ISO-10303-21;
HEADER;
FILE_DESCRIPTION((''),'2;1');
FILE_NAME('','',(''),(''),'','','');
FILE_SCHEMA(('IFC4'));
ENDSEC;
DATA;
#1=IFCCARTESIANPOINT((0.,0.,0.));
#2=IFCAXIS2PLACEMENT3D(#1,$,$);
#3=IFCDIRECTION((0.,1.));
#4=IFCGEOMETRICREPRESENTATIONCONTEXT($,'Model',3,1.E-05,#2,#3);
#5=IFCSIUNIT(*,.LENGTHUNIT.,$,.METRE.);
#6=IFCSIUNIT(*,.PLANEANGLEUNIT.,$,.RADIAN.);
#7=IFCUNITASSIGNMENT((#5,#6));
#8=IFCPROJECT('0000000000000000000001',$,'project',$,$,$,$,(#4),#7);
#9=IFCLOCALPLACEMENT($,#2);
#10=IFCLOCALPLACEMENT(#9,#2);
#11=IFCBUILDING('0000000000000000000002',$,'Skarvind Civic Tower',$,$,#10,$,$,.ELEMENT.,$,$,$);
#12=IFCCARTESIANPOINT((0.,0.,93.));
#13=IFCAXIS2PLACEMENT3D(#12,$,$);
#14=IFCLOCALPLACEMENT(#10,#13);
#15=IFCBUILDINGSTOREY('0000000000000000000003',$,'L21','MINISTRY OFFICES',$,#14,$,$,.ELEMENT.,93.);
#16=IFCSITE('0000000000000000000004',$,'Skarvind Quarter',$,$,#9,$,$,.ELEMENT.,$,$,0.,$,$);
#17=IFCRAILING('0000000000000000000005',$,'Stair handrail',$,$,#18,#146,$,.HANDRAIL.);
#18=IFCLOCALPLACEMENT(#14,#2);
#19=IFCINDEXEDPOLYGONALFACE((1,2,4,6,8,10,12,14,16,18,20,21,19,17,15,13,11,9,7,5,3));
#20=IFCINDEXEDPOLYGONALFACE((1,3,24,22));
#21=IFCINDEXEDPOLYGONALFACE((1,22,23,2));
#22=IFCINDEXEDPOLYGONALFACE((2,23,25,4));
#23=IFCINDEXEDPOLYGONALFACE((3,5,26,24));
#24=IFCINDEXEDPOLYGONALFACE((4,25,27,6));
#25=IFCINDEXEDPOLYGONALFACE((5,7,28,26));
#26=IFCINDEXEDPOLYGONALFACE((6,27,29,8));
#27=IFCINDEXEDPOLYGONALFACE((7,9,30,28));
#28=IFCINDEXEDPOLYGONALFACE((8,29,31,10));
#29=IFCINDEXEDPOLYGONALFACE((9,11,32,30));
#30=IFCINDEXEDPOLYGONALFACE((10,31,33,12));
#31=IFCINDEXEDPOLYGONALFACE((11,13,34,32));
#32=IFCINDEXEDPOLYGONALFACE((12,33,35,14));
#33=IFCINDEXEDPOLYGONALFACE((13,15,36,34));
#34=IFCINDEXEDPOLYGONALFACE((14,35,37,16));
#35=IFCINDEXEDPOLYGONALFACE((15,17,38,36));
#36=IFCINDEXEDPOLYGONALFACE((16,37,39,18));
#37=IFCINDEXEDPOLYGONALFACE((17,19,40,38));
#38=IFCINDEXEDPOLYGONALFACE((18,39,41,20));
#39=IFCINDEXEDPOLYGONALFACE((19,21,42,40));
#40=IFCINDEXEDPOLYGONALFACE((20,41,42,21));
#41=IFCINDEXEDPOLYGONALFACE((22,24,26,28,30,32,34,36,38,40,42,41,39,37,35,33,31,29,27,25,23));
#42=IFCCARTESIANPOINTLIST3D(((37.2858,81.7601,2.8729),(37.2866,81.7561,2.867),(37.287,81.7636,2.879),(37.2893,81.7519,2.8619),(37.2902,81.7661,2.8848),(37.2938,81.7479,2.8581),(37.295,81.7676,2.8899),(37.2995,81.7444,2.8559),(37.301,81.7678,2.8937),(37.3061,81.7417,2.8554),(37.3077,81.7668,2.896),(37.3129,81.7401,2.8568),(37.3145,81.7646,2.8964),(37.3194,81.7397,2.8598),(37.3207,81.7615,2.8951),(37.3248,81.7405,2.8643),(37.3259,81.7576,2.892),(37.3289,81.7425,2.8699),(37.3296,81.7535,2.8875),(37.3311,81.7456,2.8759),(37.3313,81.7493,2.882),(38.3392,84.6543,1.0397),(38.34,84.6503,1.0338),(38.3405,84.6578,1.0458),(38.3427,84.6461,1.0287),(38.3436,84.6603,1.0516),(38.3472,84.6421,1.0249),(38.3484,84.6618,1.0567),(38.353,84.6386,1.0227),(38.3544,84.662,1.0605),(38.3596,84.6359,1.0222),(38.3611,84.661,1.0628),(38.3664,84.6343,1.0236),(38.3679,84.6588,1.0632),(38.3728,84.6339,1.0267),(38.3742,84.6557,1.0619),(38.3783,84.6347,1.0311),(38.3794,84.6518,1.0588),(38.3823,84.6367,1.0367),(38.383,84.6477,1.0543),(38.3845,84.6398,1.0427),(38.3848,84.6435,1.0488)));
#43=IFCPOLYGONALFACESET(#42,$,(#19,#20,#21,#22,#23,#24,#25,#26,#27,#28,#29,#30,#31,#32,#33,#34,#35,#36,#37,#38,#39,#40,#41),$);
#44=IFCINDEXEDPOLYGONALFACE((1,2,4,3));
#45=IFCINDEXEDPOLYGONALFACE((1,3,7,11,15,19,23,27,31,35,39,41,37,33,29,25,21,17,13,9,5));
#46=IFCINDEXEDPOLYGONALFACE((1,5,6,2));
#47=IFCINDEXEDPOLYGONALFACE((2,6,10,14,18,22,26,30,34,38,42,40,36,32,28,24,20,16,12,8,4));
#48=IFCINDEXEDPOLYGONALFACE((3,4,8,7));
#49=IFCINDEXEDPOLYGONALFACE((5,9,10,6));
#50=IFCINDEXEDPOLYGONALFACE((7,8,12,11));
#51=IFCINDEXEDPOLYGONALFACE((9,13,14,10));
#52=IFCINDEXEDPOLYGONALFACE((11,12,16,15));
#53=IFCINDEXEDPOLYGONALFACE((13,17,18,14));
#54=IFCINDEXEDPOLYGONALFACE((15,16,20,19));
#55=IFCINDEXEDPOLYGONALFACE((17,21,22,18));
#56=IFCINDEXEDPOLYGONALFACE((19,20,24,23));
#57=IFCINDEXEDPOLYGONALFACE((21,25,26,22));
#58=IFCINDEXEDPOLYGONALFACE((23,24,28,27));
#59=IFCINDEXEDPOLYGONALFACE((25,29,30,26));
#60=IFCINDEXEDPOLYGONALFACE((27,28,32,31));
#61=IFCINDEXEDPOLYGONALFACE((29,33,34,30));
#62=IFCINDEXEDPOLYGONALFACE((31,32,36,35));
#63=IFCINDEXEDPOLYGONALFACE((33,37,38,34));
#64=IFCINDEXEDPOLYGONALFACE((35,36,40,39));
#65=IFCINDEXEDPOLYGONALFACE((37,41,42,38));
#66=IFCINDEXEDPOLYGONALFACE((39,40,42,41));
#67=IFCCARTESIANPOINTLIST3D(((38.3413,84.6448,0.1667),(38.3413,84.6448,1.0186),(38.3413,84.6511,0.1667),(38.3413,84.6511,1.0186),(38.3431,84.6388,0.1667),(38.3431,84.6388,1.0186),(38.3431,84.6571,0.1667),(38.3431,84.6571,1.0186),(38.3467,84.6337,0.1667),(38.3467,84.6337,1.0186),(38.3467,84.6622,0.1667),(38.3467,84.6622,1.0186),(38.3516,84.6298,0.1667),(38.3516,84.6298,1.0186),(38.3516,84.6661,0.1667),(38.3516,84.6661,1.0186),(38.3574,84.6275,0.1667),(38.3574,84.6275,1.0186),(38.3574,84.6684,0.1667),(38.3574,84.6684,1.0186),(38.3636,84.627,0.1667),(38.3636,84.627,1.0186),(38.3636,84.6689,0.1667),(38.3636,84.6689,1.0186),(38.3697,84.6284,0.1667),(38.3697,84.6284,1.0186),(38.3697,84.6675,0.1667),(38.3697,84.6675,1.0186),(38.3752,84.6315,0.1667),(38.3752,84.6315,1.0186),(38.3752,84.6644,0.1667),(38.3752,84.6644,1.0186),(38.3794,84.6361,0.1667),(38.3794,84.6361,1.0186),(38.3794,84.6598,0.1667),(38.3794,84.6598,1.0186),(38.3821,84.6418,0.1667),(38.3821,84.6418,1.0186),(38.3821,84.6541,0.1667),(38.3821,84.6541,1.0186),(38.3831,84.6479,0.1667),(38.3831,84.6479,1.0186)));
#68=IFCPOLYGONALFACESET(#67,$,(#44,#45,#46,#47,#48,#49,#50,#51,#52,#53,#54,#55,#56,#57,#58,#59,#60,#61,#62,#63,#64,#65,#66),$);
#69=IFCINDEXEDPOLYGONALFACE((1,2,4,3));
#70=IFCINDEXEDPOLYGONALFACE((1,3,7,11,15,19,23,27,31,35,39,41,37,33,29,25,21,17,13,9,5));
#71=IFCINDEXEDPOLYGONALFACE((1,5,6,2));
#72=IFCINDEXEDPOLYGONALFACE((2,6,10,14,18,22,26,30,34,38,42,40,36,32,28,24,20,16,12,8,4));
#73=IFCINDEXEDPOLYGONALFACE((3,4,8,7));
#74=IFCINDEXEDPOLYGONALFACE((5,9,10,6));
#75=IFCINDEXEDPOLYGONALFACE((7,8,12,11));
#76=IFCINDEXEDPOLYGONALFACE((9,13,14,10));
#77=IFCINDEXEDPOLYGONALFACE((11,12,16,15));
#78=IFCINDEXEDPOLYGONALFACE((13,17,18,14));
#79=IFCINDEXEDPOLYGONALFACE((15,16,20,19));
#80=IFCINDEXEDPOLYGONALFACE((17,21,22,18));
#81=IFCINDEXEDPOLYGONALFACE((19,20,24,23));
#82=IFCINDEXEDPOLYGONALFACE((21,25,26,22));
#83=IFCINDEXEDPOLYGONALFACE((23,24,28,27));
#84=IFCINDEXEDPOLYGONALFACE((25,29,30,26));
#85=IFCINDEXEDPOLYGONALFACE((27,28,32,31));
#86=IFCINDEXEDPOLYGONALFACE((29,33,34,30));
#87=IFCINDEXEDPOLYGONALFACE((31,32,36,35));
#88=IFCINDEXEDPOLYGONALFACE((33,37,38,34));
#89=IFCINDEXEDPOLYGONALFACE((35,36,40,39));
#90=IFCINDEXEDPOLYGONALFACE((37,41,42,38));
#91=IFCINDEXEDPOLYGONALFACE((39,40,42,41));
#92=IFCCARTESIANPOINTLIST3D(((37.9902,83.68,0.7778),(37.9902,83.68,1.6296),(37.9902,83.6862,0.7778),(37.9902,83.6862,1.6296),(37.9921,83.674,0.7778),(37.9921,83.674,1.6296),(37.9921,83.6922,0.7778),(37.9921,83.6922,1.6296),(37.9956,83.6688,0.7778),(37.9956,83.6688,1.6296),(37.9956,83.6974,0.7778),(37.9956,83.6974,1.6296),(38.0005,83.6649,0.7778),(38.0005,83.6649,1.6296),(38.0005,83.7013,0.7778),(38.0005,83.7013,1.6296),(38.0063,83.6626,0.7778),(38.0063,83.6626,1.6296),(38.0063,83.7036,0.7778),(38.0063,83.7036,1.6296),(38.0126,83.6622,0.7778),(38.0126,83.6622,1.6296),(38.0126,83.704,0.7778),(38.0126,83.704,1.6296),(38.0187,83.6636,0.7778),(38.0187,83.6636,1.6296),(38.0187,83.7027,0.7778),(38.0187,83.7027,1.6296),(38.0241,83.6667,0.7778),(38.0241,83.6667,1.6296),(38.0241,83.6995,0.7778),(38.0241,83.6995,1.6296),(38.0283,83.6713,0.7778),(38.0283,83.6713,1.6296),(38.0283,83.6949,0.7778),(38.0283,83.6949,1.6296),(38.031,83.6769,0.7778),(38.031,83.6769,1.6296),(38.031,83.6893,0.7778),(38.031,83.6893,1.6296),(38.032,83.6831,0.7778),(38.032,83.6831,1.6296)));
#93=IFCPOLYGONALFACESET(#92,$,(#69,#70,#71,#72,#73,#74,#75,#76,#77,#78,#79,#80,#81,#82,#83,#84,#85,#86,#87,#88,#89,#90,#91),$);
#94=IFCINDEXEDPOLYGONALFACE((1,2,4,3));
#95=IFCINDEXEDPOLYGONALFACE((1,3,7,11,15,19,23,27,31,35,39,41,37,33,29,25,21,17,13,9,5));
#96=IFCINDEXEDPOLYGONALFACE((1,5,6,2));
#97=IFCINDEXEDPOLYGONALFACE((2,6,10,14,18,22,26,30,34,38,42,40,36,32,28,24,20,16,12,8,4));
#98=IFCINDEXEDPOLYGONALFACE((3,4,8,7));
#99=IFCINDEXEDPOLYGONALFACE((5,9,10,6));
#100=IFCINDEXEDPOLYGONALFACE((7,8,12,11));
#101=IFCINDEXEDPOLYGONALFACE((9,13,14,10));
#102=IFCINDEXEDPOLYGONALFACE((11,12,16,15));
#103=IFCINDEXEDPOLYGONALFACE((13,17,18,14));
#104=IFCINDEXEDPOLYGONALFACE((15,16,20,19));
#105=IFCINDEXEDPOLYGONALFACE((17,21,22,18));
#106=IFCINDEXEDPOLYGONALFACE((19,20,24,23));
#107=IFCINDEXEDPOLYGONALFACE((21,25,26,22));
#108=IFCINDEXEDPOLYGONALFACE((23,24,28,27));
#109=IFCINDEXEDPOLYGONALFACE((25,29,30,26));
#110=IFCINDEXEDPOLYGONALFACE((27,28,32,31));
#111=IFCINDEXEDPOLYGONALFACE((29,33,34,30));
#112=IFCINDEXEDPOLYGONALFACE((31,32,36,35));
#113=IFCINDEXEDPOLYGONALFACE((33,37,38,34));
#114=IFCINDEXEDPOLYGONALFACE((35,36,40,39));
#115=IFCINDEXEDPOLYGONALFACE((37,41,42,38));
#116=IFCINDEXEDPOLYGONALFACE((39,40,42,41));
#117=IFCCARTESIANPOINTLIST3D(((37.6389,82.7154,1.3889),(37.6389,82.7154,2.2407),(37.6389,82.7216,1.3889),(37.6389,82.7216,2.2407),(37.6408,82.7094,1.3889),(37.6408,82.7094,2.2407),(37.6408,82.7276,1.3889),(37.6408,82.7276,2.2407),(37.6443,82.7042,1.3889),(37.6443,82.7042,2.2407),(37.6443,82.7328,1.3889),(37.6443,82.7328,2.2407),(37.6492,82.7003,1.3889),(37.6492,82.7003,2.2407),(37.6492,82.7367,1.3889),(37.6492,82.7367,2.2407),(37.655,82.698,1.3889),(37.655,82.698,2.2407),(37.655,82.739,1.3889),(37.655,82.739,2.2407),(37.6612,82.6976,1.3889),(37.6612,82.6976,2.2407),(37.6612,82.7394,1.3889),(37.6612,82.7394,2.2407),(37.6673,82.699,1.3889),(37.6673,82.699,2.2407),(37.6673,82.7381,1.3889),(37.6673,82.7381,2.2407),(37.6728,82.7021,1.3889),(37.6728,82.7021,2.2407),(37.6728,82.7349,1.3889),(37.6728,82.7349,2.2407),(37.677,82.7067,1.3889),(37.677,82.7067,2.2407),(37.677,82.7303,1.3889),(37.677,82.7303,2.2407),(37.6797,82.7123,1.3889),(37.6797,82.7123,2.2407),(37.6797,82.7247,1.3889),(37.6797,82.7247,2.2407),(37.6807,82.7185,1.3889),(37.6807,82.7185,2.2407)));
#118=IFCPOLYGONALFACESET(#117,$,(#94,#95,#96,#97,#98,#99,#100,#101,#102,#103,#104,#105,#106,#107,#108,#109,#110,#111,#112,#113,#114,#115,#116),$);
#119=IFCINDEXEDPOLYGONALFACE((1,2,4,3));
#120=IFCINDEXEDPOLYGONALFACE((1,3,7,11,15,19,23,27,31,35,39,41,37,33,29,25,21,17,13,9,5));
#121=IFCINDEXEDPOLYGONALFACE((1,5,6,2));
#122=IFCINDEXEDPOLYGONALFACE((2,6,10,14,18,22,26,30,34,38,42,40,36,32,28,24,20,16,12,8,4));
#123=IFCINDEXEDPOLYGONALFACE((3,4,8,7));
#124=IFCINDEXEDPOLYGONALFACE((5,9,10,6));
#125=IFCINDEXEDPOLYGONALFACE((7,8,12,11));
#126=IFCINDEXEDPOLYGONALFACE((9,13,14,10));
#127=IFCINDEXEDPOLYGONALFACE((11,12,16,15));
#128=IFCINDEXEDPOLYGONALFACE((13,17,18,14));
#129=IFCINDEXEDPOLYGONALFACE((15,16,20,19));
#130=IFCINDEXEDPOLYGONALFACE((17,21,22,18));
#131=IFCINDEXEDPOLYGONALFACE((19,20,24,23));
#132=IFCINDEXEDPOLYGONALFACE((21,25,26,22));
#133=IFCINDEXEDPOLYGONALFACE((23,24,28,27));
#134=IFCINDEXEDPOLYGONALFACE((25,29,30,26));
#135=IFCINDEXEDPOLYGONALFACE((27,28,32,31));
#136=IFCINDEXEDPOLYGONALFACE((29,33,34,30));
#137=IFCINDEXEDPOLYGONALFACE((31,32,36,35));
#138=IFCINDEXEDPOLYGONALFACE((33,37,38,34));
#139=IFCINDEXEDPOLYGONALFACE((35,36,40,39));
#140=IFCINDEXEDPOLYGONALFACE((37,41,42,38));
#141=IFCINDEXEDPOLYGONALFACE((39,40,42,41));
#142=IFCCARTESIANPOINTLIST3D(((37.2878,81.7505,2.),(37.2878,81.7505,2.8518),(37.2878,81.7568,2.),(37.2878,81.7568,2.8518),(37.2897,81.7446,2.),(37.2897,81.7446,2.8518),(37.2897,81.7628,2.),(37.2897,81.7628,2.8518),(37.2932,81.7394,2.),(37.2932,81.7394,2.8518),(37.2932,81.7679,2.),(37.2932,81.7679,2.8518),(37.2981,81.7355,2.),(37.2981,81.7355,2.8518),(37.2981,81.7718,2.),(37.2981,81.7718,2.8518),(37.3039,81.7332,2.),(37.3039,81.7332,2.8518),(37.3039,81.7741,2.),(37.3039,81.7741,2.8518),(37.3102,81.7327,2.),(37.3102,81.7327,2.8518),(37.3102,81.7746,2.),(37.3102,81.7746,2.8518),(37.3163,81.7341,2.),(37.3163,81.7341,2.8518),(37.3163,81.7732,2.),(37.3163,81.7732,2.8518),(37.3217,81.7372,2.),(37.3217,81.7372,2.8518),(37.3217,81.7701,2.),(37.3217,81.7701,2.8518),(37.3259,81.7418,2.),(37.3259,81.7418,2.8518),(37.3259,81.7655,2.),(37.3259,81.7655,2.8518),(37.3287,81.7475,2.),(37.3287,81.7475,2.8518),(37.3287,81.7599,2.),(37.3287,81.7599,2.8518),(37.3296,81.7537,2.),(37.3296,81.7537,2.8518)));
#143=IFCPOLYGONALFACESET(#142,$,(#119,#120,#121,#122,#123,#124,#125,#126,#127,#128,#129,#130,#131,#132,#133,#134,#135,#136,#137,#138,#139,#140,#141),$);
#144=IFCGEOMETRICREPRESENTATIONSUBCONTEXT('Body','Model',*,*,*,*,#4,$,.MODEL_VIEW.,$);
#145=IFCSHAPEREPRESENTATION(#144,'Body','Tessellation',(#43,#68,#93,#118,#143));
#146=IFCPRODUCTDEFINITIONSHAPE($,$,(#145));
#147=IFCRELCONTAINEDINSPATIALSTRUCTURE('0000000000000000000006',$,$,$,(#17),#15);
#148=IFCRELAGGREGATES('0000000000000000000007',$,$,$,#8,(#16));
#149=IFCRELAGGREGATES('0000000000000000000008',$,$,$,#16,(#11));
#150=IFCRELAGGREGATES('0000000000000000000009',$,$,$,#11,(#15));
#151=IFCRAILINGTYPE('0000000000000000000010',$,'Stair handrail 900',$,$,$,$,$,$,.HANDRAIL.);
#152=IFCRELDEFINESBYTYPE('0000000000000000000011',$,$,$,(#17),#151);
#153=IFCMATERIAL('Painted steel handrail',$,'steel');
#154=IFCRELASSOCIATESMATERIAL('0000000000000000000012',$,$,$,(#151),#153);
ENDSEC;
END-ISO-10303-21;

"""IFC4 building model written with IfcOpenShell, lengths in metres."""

from ifc_helpers import new_model, si_unit, direction, frame, origin, origin_2d, place, context, subcontext, project, spatial, circle, extrude, material, type_object, element, save


model = new_model("IFC4")

# Units and contexts
model_context = context("Model", 3, precision=1e-05, world=origin(), true_north=direction((0.0, 1.0)))
body_context = subcontext(model_context, "Body", "Model", "MODEL_VIEW")
ifc_project = project(units=[si_unit("LENGTHUNIT", "METRE"), si_unit("PLANEANGLEUNIT", "RADIAN")], contexts=[model_context])

# Site, building, storey
site_placement = place(None, origin())
site = spatial("IfcSite", under=ifc_project, at=site_placement, Name="Skarvind Quarter", CompositionType="ELEMENT", RefElevation=0.0)
building_placement = place(site_placement, origin())
building = spatial("IfcBuilding", under=site, at=building_placement, Name="Skarvind Civic Tower", CompositionType="ELEMENT")
storey_placement = place(building_placement, frame((0.0, 0.0, 93.0)))
storey = spatial("IfcBuildingStorey", under=building, at=storey_placement, Name="L21", Description="MINISTRY OFFICES", CompositionType="ELEMENT", Elevation=93.0)

# Railing
ifc_material_1 = material(Name="Painted steel handrail", Category="steel")
railing_type = type_object("IfcRailingType", Name="Stair handrail 900", PredefinedType="HANDRAIL", material=ifc_material_1)
railing_1_placement = place(storey_placement, frame((38.3621, 84.6479, 0.1667)))
element("IfcRailing", 1, at=railing_1_placement, inside=storey, type_object=railing_type, Name="Stair handrail", PredefinedType="HANDRAIL", context=body_context, shape_type="SweptSolid", body=[
    extrude(circle(Radius=0.0239, at=origin_2d()), frame((0.0, 0.0, 0.876), z_axis=(-0.293908, -0.807481, 0.511461), x_axis=(0.939689, -0.342029, 0.0)), (0.0, 0.0, 1.0), 3.5842),
    extrude(circle(Radius=0.021, at=origin_2d()), origin(), (0.0, 0.0, 1.0), 0.8518),
    extrude(circle(Radius=0.021, at=origin_2d()), frame((-0.3511, -0.9648, 0.6111)), (0.0, 0.0, 1.0), 0.8518),
    extrude(circle(Radius=0.021, at=origin_2d()), frame((-0.7024, -1.9294, 1.2222)), (0.0, 0.0, 1.0), 0.8518),
    extrude(circle(Radius=0.021, at=origin_2d()), frame((-1.0535, -2.8943, 1.8333)), (0.0, 0.0, 1.0), 0.8518),
])

save(model, "model.ifc")
